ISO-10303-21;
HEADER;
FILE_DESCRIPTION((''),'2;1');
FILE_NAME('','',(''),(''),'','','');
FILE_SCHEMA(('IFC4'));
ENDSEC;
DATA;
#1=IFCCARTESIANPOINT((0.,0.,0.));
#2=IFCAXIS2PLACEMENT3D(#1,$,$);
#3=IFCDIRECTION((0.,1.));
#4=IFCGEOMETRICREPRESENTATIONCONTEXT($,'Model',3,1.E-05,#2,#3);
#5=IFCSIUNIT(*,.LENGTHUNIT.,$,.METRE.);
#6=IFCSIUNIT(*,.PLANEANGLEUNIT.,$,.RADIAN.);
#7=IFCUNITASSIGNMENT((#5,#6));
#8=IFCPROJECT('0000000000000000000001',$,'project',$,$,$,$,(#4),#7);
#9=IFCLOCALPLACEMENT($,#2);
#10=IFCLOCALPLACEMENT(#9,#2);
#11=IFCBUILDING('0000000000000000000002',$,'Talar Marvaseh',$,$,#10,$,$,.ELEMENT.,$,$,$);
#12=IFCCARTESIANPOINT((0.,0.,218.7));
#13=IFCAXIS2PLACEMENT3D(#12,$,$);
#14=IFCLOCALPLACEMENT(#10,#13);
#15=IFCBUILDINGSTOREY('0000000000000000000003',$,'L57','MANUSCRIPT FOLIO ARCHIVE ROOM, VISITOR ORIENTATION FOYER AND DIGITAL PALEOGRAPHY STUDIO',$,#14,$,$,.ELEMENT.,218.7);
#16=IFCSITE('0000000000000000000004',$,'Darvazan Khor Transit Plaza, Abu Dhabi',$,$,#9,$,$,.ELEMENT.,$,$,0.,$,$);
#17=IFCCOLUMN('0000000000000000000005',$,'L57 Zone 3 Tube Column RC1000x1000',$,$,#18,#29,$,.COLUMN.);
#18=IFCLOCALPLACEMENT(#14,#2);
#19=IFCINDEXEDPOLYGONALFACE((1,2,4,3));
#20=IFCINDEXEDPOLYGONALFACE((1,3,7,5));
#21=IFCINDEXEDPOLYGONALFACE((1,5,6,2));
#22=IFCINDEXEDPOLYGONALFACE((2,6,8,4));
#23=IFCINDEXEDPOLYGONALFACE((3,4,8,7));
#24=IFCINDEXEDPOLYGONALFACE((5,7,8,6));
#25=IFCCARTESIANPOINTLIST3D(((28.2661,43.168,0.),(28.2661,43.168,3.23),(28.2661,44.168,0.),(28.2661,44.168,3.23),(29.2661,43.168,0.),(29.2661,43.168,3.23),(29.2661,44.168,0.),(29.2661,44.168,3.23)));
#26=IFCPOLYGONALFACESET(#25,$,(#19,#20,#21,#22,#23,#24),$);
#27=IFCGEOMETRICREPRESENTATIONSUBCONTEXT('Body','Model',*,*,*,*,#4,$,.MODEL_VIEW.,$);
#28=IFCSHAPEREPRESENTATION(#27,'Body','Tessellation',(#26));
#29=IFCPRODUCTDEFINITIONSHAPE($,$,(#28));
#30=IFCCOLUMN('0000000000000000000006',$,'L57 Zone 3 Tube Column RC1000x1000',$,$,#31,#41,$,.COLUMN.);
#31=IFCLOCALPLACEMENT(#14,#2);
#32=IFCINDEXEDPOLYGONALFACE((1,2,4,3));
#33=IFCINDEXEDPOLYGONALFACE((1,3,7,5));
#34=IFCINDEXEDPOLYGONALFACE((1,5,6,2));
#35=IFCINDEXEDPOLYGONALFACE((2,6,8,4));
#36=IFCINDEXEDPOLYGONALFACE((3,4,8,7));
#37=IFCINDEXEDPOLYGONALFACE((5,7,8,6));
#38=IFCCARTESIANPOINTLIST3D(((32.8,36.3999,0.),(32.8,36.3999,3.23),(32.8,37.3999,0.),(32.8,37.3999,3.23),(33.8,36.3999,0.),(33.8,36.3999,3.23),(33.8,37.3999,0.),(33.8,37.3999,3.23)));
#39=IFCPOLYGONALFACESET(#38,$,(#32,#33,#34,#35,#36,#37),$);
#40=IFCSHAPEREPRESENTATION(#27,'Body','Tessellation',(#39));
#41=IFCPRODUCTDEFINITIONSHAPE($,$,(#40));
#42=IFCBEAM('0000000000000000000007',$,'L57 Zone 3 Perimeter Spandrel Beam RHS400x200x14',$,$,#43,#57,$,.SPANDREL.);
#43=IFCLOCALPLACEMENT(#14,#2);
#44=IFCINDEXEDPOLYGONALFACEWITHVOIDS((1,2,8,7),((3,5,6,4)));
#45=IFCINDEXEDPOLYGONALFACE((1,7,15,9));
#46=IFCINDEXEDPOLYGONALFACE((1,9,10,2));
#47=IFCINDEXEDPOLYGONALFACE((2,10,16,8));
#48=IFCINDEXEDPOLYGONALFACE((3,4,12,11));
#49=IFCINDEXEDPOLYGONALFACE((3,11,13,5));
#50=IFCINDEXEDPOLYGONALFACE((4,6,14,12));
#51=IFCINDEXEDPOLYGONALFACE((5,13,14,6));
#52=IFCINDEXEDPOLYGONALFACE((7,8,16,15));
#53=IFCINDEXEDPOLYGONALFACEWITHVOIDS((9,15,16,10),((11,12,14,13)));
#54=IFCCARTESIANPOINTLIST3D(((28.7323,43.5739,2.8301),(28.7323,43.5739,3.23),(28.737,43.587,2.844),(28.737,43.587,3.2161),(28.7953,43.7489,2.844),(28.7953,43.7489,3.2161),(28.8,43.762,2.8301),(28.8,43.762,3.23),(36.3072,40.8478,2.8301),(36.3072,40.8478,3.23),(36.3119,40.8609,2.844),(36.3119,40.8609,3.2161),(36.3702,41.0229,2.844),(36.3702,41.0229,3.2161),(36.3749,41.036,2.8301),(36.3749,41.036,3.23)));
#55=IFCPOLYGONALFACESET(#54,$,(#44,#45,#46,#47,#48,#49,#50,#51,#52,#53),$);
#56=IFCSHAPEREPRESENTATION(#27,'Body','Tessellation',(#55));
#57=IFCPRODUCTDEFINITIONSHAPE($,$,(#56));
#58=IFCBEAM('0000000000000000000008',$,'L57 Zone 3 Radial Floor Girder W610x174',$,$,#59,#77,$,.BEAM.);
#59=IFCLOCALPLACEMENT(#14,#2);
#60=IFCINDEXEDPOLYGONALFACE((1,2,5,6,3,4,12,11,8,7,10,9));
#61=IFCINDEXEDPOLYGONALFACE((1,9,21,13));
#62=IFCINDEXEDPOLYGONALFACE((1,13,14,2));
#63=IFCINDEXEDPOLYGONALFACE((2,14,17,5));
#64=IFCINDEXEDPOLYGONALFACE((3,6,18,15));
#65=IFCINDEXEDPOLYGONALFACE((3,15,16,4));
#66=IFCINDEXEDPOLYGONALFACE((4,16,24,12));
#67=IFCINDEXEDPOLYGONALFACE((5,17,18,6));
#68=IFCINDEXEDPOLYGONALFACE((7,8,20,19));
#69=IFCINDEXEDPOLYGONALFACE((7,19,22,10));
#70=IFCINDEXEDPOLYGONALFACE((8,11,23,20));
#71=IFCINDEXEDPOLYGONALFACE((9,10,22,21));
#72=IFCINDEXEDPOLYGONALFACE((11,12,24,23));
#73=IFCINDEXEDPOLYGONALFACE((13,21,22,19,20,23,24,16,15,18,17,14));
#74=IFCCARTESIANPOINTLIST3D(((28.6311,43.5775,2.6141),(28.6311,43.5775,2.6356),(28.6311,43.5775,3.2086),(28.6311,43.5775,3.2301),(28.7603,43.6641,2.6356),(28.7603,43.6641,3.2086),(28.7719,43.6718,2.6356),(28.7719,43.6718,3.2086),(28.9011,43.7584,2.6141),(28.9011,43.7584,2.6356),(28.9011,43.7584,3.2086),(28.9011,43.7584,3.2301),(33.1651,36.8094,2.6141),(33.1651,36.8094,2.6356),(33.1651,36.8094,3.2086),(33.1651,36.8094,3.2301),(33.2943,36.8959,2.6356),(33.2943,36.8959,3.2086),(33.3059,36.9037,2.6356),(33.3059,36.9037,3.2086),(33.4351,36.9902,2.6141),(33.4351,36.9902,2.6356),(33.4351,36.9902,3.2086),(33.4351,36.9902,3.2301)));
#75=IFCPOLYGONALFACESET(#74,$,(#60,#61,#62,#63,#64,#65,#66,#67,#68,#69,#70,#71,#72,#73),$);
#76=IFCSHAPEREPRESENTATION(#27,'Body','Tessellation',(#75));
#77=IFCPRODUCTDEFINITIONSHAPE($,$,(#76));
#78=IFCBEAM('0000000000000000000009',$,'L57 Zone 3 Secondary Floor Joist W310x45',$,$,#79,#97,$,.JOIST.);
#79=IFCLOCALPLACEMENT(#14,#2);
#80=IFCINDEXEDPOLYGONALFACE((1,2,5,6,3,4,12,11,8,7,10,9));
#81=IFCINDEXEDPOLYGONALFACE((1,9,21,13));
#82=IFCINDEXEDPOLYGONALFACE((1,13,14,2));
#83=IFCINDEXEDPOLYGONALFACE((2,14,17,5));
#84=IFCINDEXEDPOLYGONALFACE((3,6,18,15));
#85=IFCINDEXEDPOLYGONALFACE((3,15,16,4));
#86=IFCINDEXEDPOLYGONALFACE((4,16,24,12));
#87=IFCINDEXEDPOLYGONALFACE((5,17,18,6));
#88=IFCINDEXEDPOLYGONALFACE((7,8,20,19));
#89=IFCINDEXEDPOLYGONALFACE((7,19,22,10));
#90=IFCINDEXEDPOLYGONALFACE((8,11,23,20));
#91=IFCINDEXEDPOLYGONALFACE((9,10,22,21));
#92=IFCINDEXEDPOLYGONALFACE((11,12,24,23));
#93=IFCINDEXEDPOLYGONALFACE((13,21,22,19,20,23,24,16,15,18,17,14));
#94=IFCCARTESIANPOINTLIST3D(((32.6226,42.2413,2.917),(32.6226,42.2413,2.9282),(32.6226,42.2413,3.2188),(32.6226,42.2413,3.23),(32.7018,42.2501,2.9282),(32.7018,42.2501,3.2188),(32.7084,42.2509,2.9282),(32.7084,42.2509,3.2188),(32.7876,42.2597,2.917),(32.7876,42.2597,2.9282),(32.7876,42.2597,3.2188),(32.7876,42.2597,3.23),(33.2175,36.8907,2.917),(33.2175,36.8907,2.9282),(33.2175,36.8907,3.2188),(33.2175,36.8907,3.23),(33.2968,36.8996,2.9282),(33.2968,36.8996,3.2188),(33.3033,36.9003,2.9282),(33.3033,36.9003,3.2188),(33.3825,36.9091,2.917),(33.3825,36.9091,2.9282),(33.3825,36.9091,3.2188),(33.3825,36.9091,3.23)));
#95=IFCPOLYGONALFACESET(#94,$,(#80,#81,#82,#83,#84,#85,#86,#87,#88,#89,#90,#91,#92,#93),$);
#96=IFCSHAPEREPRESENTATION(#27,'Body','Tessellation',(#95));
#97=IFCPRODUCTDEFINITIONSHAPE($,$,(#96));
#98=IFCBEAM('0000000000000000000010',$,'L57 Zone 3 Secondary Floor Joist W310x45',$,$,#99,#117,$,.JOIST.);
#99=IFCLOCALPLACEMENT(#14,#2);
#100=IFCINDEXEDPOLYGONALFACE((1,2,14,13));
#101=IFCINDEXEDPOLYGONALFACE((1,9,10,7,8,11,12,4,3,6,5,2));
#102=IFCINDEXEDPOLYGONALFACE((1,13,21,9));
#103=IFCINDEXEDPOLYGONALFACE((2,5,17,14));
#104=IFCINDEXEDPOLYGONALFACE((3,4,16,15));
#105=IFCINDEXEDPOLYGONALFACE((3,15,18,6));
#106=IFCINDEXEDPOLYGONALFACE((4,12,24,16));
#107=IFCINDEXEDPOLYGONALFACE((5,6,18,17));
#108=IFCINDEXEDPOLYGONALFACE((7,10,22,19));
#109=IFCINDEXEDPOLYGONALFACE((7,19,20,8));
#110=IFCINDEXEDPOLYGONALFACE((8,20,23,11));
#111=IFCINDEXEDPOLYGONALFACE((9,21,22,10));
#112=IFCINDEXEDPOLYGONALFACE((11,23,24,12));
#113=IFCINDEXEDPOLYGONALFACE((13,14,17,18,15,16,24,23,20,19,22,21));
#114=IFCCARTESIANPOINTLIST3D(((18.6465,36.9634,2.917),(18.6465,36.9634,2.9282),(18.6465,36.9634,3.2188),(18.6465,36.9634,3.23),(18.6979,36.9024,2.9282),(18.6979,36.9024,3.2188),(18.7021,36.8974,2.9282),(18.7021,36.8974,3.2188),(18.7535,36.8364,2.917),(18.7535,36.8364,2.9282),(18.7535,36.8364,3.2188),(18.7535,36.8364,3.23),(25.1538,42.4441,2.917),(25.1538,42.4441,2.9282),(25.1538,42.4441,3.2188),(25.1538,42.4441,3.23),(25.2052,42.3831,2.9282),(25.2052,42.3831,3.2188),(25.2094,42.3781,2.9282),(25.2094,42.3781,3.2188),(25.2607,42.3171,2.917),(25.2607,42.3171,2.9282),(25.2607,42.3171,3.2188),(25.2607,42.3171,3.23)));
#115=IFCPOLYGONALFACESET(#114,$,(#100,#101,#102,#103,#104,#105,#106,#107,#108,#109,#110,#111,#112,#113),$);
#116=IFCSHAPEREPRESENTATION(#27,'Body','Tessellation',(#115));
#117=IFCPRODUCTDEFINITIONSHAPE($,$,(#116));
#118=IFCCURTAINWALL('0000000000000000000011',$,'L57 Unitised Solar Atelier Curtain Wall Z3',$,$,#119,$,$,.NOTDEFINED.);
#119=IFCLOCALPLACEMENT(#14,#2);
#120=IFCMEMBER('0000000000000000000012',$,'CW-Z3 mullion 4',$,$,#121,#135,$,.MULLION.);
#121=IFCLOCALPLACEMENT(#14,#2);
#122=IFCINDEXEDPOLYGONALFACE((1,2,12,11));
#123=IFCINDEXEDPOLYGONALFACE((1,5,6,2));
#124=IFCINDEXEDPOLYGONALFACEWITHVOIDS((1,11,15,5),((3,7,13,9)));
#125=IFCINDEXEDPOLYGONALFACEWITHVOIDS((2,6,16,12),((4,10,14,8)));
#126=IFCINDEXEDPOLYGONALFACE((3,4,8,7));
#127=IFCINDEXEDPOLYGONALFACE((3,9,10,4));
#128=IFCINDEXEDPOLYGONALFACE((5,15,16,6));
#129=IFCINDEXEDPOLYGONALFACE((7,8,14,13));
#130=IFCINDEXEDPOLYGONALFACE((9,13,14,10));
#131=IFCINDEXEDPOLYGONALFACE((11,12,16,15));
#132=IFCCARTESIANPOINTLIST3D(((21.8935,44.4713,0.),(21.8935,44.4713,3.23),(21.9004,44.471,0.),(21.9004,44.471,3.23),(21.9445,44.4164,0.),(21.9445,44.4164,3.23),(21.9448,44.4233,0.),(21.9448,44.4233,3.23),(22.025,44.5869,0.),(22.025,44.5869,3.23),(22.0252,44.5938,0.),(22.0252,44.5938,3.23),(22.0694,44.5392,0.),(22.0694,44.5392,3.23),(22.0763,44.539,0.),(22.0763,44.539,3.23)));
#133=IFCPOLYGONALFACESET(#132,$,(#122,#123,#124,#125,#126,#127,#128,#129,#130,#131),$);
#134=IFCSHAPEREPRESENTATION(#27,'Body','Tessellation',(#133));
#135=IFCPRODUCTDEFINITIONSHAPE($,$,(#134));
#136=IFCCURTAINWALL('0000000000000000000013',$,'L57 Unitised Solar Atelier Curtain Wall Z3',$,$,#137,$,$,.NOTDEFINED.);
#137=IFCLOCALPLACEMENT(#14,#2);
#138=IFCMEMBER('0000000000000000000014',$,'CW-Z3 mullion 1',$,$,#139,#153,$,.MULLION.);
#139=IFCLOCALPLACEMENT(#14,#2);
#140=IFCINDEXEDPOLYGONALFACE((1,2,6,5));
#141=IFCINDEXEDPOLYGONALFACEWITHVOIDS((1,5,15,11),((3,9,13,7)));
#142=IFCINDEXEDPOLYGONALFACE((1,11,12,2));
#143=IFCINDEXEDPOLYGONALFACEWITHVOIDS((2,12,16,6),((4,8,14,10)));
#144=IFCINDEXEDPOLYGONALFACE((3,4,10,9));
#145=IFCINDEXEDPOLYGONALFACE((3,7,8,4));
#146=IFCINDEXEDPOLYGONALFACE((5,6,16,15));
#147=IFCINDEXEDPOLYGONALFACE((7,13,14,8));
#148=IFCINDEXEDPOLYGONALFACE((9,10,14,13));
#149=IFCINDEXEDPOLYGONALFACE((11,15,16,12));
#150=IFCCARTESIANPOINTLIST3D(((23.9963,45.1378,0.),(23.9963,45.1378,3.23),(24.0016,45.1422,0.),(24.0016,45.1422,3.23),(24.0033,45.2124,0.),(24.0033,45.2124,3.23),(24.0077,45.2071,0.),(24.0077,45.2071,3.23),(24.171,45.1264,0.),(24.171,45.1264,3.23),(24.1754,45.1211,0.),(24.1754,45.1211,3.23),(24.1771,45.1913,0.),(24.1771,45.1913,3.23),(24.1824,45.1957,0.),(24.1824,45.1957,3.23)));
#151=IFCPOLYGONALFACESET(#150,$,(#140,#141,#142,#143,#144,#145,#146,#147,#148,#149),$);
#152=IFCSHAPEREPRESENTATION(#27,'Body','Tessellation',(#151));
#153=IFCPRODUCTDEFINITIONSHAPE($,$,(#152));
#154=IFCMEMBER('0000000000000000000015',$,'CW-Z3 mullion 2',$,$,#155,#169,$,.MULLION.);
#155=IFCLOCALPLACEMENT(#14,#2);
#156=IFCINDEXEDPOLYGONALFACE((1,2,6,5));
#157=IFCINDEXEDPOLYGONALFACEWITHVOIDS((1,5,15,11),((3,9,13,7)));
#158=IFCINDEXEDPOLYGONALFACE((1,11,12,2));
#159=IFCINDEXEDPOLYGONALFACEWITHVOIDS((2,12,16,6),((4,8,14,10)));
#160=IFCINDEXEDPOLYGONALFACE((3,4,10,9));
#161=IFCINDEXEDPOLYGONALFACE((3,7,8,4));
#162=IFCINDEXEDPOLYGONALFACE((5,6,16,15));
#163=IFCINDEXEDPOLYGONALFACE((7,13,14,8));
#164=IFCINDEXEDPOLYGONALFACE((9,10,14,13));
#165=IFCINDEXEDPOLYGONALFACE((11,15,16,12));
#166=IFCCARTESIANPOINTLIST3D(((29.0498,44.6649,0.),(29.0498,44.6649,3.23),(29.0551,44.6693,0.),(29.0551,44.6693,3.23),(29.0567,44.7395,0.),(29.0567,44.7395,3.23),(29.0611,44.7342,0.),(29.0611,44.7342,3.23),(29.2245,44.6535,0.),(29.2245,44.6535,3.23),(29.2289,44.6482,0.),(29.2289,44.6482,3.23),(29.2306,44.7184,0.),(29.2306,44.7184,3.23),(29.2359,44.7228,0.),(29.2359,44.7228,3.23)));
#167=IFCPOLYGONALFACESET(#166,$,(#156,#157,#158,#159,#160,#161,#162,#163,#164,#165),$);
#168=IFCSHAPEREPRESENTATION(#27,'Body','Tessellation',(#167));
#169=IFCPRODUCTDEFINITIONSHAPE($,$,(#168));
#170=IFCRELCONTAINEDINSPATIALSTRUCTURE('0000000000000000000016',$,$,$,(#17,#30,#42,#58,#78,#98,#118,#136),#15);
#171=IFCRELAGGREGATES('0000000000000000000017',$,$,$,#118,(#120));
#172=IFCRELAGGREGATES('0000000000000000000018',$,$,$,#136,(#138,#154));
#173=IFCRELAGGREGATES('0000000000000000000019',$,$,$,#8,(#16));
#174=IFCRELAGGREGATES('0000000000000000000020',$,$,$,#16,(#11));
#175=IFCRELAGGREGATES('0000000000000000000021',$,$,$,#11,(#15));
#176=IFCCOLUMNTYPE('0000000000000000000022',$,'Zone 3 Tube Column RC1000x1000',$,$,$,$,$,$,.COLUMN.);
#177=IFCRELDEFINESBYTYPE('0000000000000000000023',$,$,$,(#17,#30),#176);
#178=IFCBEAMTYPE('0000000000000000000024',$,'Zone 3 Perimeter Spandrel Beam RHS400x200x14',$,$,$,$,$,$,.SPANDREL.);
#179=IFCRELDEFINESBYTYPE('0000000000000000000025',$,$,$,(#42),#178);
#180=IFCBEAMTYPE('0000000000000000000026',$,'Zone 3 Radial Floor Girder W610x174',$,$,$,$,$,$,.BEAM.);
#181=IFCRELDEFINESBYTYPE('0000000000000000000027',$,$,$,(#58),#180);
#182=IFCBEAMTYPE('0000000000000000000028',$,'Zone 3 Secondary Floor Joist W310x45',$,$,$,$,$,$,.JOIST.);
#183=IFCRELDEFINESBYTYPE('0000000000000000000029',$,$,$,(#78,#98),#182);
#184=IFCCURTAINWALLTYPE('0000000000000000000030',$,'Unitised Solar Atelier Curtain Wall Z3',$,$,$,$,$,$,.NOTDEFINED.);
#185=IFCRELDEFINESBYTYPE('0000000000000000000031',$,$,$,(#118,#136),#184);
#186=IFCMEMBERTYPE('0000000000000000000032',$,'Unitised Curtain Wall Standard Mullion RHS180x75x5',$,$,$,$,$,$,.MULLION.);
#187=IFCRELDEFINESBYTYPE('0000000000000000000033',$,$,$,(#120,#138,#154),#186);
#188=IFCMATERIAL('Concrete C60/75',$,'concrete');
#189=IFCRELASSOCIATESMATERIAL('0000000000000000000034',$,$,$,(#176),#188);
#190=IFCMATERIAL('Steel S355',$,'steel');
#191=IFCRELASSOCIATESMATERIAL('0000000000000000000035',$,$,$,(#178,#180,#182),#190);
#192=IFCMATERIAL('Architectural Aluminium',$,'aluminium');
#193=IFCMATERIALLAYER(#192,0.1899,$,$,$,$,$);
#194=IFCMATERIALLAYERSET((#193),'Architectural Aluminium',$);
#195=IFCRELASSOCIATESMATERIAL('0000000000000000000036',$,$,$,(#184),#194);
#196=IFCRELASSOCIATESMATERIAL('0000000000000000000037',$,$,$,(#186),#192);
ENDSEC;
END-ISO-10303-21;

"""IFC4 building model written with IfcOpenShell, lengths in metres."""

from ifc_helpers import new_model, si_unit, direction, frame, origin, origin_2d, place, context, subcontext, project, spatial, rectangle, hollow_rectangle, i_section, extrude, source, transform, mapped, material, layer, layer_set, material_profile, profile_set, type_object, type_shapes, element, aggregate, save


model = new_model("IFC4")

# Units and contexts
model_context = context("Model", 3, precision=1e-05, world=origin(), true_north=direction((0.0, 1.0)))
body_context = subcontext(model_context, "Body", "Model", "MODEL_VIEW")
ifc_project = project(units=[si_unit("LENGTHUNIT", "METRE"), si_unit("PLANEANGLEUNIT", "RADIAN")], contexts=[model_context])

# Site, building, storey
site_placement = place(None, origin())
site = spatial("IfcSite", under=ifc_project, at=site_placement, Name="Darvazan Khor Transit Plaza, Abu Dhabi", CompositionType="ELEMENT", RefElevation=0.0)
building_placement = place(site_placement, origin())
building = spatial("IfcBuilding", under=site, at=building_placement, Name="Talar Marvaseh", CompositionType="ELEMENT")
storey_placement = place(building_placement, frame((0.0, 0.0, 218.7)))
storey = spatial("IfcBuildingStorey", under=building, at=storey_placement, Name="L57", Description="MANUSCRIPT FOLIO ARCHIVE ROOM, VISITOR ORIENTATION FOYER AND DIGITAL PALEOGRAPHY STUDIO", CompositionType="ELEMENT", Elevation=218.7)

# Columns
ifc_material_1 = material(Name="Concrete C60/75", Category="concrete")
ifc_material_profile_1 = material_profile(ifc_material_1, rectangle(XDim=1.0, YDim=1.0, at=origin_2d()), Name="RC1000x1000")
ifc_profile_set_1 = profile_set([ifc_material_profile_1], Name="Concrete C60/75")
column_type = type_object("IfcColumnType", Name="Zone 3 Tube Column RC1000x1000", PredefinedType="COLUMN", material=ifc_profile_set_1)
for number, where, z_axis, x_axis, name in (
    (1, (28.7661, 43.668, 0.0), (0.0, 0.0, 1.0), (1.0, 0.0, 0.0), "L57 Zone 3 Tube Column RC1000x1000"),
    (2, (33.3, 36.8999, 0.0), (0.0, 0.0, 1.0), (1.0, 0.0, 0.0), "L57 Zone 3 Tube Column RC1000x1000"),
):
    element("IfcColumn", number, at=place(storey_placement, frame(where, z_axis=z_axis, x_axis=x_axis)), inside=storey, type_object=column_type, Name=name, PredefinedType="COLUMN", context=body_context, shape_type="SweptSolid", body=[
        extrude(rectangle(XDim=1.0, YDim=1.0, at=origin_2d()), origin(), (0.0, 0.0, 1.0), 3.23),
    ])

# Beams
ifc_material_2 = material(Name="Steel S355", Category="steel")
ifc_material_profile_2 = material_profile(ifc_material_2, hollow_rectangle(XDim=0.2, YDim=0.3999, WallThickness=0.0139, at=origin_2d()), Name="RHS400x200x14")
ifc_profile_set_2 = profile_set([ifc_material_profile_2], Name="Steel S355")
beam_type_1 = type_object("IfcBeamType", Name="Zone 3 Perimeter Spandrel Beam RHS400x200x14", PredefinedType="SPANDREL", material=ifc_profile_set_2)
beam_1_placement = place(storey_placement, frame((28.7661, 43.668, 3.03), z_axis=(0.940923, -0.33862, 0.0), x_axis=(0.33862, 0.940923, 0.0)))
element("IfcBeam", 3, at=beam_1_placement, inside=storey, type_object=beam_type_1, Name="L57 Zone 3 Perimeter Spandrel Beam RHS400x200x14", PredefinedType="SPANDREL", context=body_context, shape_type="SweptSolid", body=[
    extrude(hollow_rectangle(XDim=0.2, YDim=0.3999, WallThickness=0.0139, at=origin_2d()), origin(), (0.0, 0.0, 1.0), 8.0505),
])
ifc_material_profile_3 = material_profile(ifc_material_2, i_section(OverallWidth=0.325, OverallDepth=0.616, WebThickness=0.0139, FlangeThickness=0.0215, at=origin_2d()), Name="W610x174")
ifc_profile_set_3 = profile_set([ifc_material_profile_3], Name="Steel S355")
beam_type_2 = type_object("IfcBeamType", Name="Zone 3 Radial Floor Girder W610x174", PredefinedType="BEAM", material=ifc_profile_set_3)
beam_2_placement = place(storey_placement, frame((28.7661, 43.668, 2.9221), z_axis=(0.556559, -0.830808, 0.0), x_axis=(0.830808, 0.556559, 0.0)))
element("IfcBeam", 4, at=beam_2_placement, inside=storey, type_object=beam_type_2, Name="L57 Zone 3 Radial Floor Girder W610x174", PredefinedType="BEAM", context=body_context, shape_type="SweptSolid", body=[
    extrude(i_section(OverallWidth=0.325, OverallDepth=0.616, WebThickness=0.0139, FlangeThickness=0.0215, at=origin_2d()), origin(), (0.0, 0.0, 1.0), 8.1465),
])
ifc_material_profile_4 = material_profile(ifc_material_2, i_section(OverallWidth=0.166, OverallDepth=0.313, WebThickness=0.0066, FlangeThickness=0.0112, at=origin_2d()), Name="W310x45")
ifc_profile_set_4 = profile_set([ifc_material_profile_4], Name="Steel S355")
beam_type_3 = type_object("IfcBeamType", Name="Zone 3 Secondary Floor Joist W310x45", PredefinedType="JOIST", material=ifc_profile_set_4)
beam_3_placement = place(storey_placement, frame((32.7051, 42.2505, 3.0735), z_axis=(0.110516, -0.993874, 0.0), x_axis=(0.993874, 0.110516, 0.0)))
element("IfcBeam", 5, at=beam_3_placement, inside=storey, type_object=beam_type_3, Name="L57 Zone 3 Secondary Floor Joist W310x45", PredefinedType="JOIST", context=body_context, shape_type="SweptSolid", body=[
    extrude(i_section(OverallWidth=0.166, OverallDepth=0.313, WebThickness=0.0066, FlangeThickness=0.0112, at=origin_2d()), origin(), (0.0, 0.0, 1.0), 5.3835),
])
beam_4_placement = place(storey_placement, frame((25.2073, 42.3806, 3.0735), z_axis=(-0.764861, -0.644195, 0.0), x_axis=(0.644195, -0.764861, 0.0)))
element("IfcBeam", 6, at=beam_4_placement, inside=storey, type_object=beam_type_3, Name="L57 Zone 3 Secondary Floor Joist W310x45", PredefinedType="JOIST", context=body_context, shape_type="SweptSolid", body=[
    extrude(i_section(OverallWidth=0.166, OverallDepth=0.313, WebThickness=0.0066, FlangeThickness=0.0112, at=origin_2d()), origin(), (0.0, 0.0, 1.0), 8.5078),
])

# Curtain wall, member
ifc_material_3 = material(Name="Architectural Aluminium", Category="aluminium")
ifc_layer_1 = layer(ifc_material_3, 0.1899)
ifc_layer_set_1 = layer_set([ifc_layer_1], Name="Architectural Aluminium")
curtain_wall_type = type_object("IfcCurtainWallType", Name="Unitised Solar Atelier Curtain Wall Z3", PredefinedType="NOTDEFINED", material=ifc_layer_set_1)
curtain_wall_1_placement = place(storey_placement, origin())
curtain_wall_1 = element("IfcCurtainWall", 7, at=curtain_wall_1_placement, inside=storey, type_object=curtain_wall_type, Name="L57 Unitised Solar Atelier Curtain Wall Z3", PredefinedType="NOTDEFINED")
ifc_material_profile_5 = material_profile(ifc_material_3, hollow_rectangle(XDim=0.075, YDim=0.1799, WallThickness=0.0049, at=origin_2d()), Name="RHS180x75x5")
ifc_profile_set_5 = profile_set([ifc_material_profile_5], Name="Architectural Aluminium")
member_type_1 = type_object("IfcMemberType", Name="Unitised Curtain Wall Standard Mullion RHS180x75x5", PredefinedType="MULLION", material=ifc_profile_set_5)
shared_shape_1 = source(origin(), body_context, "Body", "SweptSolid", [
    extrude(hollow_rectangle(XDim=0.075, YDim=0.1799, WallThickness=0.0049, at=origin_2d()), origin(), (0.0, 0.0, 1.0), 3.23),
])
type_shapes(member_type_1, [shared_shape_1])
member_1_placement = place(storey_placement, frame((21.9849, 44.5051, 0.0), z_axis=(0.0, 0.0, 1.0), x_axis=(-0.681132, 0.73216, 0.0)))
member_1 = element("IfcMember", 8, at=member_1_placement, type_object=member_type_1, Name="CW-Z3 mullion 4", PredefinedType="MULLION", context=body_context, shape_type="MappedRepresentation", body=[
    mapped(shared_shape_1, transform((0.0, 0.0, 0.0), x_axis=(1.0, 0.0, 0.0), y_axis=(0.0, 1.0, 0.0), z_axis=(0.0, 0.0, 1.0), scale=1.0)),
])
aggregate(curtain_wall_1, [member_1])

# Curtain wall, members
curtain_wall_2_placement = place(storey_placement, origin())
curtain_wall_2 = element("IfcCurtainWall", 9, at=curtain_wall_2_placement, inside=storey, type_object=curtain_wall_type, Name="L57 Unitised Solar Atelier Curtain Wall Z3", PredefinedType="NOTDEFINED")
member_2_placement = place(storey_placement, frame((24.0894, 45.1667, 0.0), z_axis=(0.0, 0.0, 1.0), x_axis=(0.093174, 0.99565, 0.0)))
member_2 = element("IfcMember", 10, at=member_2_placement, type_object=member_type_1, Name="CW-Z3 mullion 1", PredefinedType="MULLION", context=body_context, shape_type="MappedRepresentation", body=[
    mapped(shared_shape_1, transform((0.0, 0.0, 0.0), x_axis=(1.0, 0.0, 0.0), y_axis=(0.0, 1.0, 0.0), z_axis=(0.0, 0.0, 1.0), scale=1.0)),
])
member_3_placement = place(storey_placement, frame((29.1428, 44.6938, 0.0), z_axis=(0.0, 0.0, 1.0), x_axis=(0.093174, 0.99565, 0.0)))
member_3 = element("IfcMember", 11, at=member_3_placement, type_object=member_type_1, Name="CW-Z3 mullion 2", PredefinedType="MULLION", context=body_context, shape_type="MappedRepresentation", body=[
    mapped(shared_shape_1, transform((0.0, 0.0, 0.0), x_axis=(1.0, 0.0, 0.0), y_axis=(0.0, 1.0, 0.0), z_axis=(0.0, 0.0, 1.0), scale=1.0)),
])
aggregate(curtain_wall_2, [member_2, member_3])

save(model, "model.ifc")
